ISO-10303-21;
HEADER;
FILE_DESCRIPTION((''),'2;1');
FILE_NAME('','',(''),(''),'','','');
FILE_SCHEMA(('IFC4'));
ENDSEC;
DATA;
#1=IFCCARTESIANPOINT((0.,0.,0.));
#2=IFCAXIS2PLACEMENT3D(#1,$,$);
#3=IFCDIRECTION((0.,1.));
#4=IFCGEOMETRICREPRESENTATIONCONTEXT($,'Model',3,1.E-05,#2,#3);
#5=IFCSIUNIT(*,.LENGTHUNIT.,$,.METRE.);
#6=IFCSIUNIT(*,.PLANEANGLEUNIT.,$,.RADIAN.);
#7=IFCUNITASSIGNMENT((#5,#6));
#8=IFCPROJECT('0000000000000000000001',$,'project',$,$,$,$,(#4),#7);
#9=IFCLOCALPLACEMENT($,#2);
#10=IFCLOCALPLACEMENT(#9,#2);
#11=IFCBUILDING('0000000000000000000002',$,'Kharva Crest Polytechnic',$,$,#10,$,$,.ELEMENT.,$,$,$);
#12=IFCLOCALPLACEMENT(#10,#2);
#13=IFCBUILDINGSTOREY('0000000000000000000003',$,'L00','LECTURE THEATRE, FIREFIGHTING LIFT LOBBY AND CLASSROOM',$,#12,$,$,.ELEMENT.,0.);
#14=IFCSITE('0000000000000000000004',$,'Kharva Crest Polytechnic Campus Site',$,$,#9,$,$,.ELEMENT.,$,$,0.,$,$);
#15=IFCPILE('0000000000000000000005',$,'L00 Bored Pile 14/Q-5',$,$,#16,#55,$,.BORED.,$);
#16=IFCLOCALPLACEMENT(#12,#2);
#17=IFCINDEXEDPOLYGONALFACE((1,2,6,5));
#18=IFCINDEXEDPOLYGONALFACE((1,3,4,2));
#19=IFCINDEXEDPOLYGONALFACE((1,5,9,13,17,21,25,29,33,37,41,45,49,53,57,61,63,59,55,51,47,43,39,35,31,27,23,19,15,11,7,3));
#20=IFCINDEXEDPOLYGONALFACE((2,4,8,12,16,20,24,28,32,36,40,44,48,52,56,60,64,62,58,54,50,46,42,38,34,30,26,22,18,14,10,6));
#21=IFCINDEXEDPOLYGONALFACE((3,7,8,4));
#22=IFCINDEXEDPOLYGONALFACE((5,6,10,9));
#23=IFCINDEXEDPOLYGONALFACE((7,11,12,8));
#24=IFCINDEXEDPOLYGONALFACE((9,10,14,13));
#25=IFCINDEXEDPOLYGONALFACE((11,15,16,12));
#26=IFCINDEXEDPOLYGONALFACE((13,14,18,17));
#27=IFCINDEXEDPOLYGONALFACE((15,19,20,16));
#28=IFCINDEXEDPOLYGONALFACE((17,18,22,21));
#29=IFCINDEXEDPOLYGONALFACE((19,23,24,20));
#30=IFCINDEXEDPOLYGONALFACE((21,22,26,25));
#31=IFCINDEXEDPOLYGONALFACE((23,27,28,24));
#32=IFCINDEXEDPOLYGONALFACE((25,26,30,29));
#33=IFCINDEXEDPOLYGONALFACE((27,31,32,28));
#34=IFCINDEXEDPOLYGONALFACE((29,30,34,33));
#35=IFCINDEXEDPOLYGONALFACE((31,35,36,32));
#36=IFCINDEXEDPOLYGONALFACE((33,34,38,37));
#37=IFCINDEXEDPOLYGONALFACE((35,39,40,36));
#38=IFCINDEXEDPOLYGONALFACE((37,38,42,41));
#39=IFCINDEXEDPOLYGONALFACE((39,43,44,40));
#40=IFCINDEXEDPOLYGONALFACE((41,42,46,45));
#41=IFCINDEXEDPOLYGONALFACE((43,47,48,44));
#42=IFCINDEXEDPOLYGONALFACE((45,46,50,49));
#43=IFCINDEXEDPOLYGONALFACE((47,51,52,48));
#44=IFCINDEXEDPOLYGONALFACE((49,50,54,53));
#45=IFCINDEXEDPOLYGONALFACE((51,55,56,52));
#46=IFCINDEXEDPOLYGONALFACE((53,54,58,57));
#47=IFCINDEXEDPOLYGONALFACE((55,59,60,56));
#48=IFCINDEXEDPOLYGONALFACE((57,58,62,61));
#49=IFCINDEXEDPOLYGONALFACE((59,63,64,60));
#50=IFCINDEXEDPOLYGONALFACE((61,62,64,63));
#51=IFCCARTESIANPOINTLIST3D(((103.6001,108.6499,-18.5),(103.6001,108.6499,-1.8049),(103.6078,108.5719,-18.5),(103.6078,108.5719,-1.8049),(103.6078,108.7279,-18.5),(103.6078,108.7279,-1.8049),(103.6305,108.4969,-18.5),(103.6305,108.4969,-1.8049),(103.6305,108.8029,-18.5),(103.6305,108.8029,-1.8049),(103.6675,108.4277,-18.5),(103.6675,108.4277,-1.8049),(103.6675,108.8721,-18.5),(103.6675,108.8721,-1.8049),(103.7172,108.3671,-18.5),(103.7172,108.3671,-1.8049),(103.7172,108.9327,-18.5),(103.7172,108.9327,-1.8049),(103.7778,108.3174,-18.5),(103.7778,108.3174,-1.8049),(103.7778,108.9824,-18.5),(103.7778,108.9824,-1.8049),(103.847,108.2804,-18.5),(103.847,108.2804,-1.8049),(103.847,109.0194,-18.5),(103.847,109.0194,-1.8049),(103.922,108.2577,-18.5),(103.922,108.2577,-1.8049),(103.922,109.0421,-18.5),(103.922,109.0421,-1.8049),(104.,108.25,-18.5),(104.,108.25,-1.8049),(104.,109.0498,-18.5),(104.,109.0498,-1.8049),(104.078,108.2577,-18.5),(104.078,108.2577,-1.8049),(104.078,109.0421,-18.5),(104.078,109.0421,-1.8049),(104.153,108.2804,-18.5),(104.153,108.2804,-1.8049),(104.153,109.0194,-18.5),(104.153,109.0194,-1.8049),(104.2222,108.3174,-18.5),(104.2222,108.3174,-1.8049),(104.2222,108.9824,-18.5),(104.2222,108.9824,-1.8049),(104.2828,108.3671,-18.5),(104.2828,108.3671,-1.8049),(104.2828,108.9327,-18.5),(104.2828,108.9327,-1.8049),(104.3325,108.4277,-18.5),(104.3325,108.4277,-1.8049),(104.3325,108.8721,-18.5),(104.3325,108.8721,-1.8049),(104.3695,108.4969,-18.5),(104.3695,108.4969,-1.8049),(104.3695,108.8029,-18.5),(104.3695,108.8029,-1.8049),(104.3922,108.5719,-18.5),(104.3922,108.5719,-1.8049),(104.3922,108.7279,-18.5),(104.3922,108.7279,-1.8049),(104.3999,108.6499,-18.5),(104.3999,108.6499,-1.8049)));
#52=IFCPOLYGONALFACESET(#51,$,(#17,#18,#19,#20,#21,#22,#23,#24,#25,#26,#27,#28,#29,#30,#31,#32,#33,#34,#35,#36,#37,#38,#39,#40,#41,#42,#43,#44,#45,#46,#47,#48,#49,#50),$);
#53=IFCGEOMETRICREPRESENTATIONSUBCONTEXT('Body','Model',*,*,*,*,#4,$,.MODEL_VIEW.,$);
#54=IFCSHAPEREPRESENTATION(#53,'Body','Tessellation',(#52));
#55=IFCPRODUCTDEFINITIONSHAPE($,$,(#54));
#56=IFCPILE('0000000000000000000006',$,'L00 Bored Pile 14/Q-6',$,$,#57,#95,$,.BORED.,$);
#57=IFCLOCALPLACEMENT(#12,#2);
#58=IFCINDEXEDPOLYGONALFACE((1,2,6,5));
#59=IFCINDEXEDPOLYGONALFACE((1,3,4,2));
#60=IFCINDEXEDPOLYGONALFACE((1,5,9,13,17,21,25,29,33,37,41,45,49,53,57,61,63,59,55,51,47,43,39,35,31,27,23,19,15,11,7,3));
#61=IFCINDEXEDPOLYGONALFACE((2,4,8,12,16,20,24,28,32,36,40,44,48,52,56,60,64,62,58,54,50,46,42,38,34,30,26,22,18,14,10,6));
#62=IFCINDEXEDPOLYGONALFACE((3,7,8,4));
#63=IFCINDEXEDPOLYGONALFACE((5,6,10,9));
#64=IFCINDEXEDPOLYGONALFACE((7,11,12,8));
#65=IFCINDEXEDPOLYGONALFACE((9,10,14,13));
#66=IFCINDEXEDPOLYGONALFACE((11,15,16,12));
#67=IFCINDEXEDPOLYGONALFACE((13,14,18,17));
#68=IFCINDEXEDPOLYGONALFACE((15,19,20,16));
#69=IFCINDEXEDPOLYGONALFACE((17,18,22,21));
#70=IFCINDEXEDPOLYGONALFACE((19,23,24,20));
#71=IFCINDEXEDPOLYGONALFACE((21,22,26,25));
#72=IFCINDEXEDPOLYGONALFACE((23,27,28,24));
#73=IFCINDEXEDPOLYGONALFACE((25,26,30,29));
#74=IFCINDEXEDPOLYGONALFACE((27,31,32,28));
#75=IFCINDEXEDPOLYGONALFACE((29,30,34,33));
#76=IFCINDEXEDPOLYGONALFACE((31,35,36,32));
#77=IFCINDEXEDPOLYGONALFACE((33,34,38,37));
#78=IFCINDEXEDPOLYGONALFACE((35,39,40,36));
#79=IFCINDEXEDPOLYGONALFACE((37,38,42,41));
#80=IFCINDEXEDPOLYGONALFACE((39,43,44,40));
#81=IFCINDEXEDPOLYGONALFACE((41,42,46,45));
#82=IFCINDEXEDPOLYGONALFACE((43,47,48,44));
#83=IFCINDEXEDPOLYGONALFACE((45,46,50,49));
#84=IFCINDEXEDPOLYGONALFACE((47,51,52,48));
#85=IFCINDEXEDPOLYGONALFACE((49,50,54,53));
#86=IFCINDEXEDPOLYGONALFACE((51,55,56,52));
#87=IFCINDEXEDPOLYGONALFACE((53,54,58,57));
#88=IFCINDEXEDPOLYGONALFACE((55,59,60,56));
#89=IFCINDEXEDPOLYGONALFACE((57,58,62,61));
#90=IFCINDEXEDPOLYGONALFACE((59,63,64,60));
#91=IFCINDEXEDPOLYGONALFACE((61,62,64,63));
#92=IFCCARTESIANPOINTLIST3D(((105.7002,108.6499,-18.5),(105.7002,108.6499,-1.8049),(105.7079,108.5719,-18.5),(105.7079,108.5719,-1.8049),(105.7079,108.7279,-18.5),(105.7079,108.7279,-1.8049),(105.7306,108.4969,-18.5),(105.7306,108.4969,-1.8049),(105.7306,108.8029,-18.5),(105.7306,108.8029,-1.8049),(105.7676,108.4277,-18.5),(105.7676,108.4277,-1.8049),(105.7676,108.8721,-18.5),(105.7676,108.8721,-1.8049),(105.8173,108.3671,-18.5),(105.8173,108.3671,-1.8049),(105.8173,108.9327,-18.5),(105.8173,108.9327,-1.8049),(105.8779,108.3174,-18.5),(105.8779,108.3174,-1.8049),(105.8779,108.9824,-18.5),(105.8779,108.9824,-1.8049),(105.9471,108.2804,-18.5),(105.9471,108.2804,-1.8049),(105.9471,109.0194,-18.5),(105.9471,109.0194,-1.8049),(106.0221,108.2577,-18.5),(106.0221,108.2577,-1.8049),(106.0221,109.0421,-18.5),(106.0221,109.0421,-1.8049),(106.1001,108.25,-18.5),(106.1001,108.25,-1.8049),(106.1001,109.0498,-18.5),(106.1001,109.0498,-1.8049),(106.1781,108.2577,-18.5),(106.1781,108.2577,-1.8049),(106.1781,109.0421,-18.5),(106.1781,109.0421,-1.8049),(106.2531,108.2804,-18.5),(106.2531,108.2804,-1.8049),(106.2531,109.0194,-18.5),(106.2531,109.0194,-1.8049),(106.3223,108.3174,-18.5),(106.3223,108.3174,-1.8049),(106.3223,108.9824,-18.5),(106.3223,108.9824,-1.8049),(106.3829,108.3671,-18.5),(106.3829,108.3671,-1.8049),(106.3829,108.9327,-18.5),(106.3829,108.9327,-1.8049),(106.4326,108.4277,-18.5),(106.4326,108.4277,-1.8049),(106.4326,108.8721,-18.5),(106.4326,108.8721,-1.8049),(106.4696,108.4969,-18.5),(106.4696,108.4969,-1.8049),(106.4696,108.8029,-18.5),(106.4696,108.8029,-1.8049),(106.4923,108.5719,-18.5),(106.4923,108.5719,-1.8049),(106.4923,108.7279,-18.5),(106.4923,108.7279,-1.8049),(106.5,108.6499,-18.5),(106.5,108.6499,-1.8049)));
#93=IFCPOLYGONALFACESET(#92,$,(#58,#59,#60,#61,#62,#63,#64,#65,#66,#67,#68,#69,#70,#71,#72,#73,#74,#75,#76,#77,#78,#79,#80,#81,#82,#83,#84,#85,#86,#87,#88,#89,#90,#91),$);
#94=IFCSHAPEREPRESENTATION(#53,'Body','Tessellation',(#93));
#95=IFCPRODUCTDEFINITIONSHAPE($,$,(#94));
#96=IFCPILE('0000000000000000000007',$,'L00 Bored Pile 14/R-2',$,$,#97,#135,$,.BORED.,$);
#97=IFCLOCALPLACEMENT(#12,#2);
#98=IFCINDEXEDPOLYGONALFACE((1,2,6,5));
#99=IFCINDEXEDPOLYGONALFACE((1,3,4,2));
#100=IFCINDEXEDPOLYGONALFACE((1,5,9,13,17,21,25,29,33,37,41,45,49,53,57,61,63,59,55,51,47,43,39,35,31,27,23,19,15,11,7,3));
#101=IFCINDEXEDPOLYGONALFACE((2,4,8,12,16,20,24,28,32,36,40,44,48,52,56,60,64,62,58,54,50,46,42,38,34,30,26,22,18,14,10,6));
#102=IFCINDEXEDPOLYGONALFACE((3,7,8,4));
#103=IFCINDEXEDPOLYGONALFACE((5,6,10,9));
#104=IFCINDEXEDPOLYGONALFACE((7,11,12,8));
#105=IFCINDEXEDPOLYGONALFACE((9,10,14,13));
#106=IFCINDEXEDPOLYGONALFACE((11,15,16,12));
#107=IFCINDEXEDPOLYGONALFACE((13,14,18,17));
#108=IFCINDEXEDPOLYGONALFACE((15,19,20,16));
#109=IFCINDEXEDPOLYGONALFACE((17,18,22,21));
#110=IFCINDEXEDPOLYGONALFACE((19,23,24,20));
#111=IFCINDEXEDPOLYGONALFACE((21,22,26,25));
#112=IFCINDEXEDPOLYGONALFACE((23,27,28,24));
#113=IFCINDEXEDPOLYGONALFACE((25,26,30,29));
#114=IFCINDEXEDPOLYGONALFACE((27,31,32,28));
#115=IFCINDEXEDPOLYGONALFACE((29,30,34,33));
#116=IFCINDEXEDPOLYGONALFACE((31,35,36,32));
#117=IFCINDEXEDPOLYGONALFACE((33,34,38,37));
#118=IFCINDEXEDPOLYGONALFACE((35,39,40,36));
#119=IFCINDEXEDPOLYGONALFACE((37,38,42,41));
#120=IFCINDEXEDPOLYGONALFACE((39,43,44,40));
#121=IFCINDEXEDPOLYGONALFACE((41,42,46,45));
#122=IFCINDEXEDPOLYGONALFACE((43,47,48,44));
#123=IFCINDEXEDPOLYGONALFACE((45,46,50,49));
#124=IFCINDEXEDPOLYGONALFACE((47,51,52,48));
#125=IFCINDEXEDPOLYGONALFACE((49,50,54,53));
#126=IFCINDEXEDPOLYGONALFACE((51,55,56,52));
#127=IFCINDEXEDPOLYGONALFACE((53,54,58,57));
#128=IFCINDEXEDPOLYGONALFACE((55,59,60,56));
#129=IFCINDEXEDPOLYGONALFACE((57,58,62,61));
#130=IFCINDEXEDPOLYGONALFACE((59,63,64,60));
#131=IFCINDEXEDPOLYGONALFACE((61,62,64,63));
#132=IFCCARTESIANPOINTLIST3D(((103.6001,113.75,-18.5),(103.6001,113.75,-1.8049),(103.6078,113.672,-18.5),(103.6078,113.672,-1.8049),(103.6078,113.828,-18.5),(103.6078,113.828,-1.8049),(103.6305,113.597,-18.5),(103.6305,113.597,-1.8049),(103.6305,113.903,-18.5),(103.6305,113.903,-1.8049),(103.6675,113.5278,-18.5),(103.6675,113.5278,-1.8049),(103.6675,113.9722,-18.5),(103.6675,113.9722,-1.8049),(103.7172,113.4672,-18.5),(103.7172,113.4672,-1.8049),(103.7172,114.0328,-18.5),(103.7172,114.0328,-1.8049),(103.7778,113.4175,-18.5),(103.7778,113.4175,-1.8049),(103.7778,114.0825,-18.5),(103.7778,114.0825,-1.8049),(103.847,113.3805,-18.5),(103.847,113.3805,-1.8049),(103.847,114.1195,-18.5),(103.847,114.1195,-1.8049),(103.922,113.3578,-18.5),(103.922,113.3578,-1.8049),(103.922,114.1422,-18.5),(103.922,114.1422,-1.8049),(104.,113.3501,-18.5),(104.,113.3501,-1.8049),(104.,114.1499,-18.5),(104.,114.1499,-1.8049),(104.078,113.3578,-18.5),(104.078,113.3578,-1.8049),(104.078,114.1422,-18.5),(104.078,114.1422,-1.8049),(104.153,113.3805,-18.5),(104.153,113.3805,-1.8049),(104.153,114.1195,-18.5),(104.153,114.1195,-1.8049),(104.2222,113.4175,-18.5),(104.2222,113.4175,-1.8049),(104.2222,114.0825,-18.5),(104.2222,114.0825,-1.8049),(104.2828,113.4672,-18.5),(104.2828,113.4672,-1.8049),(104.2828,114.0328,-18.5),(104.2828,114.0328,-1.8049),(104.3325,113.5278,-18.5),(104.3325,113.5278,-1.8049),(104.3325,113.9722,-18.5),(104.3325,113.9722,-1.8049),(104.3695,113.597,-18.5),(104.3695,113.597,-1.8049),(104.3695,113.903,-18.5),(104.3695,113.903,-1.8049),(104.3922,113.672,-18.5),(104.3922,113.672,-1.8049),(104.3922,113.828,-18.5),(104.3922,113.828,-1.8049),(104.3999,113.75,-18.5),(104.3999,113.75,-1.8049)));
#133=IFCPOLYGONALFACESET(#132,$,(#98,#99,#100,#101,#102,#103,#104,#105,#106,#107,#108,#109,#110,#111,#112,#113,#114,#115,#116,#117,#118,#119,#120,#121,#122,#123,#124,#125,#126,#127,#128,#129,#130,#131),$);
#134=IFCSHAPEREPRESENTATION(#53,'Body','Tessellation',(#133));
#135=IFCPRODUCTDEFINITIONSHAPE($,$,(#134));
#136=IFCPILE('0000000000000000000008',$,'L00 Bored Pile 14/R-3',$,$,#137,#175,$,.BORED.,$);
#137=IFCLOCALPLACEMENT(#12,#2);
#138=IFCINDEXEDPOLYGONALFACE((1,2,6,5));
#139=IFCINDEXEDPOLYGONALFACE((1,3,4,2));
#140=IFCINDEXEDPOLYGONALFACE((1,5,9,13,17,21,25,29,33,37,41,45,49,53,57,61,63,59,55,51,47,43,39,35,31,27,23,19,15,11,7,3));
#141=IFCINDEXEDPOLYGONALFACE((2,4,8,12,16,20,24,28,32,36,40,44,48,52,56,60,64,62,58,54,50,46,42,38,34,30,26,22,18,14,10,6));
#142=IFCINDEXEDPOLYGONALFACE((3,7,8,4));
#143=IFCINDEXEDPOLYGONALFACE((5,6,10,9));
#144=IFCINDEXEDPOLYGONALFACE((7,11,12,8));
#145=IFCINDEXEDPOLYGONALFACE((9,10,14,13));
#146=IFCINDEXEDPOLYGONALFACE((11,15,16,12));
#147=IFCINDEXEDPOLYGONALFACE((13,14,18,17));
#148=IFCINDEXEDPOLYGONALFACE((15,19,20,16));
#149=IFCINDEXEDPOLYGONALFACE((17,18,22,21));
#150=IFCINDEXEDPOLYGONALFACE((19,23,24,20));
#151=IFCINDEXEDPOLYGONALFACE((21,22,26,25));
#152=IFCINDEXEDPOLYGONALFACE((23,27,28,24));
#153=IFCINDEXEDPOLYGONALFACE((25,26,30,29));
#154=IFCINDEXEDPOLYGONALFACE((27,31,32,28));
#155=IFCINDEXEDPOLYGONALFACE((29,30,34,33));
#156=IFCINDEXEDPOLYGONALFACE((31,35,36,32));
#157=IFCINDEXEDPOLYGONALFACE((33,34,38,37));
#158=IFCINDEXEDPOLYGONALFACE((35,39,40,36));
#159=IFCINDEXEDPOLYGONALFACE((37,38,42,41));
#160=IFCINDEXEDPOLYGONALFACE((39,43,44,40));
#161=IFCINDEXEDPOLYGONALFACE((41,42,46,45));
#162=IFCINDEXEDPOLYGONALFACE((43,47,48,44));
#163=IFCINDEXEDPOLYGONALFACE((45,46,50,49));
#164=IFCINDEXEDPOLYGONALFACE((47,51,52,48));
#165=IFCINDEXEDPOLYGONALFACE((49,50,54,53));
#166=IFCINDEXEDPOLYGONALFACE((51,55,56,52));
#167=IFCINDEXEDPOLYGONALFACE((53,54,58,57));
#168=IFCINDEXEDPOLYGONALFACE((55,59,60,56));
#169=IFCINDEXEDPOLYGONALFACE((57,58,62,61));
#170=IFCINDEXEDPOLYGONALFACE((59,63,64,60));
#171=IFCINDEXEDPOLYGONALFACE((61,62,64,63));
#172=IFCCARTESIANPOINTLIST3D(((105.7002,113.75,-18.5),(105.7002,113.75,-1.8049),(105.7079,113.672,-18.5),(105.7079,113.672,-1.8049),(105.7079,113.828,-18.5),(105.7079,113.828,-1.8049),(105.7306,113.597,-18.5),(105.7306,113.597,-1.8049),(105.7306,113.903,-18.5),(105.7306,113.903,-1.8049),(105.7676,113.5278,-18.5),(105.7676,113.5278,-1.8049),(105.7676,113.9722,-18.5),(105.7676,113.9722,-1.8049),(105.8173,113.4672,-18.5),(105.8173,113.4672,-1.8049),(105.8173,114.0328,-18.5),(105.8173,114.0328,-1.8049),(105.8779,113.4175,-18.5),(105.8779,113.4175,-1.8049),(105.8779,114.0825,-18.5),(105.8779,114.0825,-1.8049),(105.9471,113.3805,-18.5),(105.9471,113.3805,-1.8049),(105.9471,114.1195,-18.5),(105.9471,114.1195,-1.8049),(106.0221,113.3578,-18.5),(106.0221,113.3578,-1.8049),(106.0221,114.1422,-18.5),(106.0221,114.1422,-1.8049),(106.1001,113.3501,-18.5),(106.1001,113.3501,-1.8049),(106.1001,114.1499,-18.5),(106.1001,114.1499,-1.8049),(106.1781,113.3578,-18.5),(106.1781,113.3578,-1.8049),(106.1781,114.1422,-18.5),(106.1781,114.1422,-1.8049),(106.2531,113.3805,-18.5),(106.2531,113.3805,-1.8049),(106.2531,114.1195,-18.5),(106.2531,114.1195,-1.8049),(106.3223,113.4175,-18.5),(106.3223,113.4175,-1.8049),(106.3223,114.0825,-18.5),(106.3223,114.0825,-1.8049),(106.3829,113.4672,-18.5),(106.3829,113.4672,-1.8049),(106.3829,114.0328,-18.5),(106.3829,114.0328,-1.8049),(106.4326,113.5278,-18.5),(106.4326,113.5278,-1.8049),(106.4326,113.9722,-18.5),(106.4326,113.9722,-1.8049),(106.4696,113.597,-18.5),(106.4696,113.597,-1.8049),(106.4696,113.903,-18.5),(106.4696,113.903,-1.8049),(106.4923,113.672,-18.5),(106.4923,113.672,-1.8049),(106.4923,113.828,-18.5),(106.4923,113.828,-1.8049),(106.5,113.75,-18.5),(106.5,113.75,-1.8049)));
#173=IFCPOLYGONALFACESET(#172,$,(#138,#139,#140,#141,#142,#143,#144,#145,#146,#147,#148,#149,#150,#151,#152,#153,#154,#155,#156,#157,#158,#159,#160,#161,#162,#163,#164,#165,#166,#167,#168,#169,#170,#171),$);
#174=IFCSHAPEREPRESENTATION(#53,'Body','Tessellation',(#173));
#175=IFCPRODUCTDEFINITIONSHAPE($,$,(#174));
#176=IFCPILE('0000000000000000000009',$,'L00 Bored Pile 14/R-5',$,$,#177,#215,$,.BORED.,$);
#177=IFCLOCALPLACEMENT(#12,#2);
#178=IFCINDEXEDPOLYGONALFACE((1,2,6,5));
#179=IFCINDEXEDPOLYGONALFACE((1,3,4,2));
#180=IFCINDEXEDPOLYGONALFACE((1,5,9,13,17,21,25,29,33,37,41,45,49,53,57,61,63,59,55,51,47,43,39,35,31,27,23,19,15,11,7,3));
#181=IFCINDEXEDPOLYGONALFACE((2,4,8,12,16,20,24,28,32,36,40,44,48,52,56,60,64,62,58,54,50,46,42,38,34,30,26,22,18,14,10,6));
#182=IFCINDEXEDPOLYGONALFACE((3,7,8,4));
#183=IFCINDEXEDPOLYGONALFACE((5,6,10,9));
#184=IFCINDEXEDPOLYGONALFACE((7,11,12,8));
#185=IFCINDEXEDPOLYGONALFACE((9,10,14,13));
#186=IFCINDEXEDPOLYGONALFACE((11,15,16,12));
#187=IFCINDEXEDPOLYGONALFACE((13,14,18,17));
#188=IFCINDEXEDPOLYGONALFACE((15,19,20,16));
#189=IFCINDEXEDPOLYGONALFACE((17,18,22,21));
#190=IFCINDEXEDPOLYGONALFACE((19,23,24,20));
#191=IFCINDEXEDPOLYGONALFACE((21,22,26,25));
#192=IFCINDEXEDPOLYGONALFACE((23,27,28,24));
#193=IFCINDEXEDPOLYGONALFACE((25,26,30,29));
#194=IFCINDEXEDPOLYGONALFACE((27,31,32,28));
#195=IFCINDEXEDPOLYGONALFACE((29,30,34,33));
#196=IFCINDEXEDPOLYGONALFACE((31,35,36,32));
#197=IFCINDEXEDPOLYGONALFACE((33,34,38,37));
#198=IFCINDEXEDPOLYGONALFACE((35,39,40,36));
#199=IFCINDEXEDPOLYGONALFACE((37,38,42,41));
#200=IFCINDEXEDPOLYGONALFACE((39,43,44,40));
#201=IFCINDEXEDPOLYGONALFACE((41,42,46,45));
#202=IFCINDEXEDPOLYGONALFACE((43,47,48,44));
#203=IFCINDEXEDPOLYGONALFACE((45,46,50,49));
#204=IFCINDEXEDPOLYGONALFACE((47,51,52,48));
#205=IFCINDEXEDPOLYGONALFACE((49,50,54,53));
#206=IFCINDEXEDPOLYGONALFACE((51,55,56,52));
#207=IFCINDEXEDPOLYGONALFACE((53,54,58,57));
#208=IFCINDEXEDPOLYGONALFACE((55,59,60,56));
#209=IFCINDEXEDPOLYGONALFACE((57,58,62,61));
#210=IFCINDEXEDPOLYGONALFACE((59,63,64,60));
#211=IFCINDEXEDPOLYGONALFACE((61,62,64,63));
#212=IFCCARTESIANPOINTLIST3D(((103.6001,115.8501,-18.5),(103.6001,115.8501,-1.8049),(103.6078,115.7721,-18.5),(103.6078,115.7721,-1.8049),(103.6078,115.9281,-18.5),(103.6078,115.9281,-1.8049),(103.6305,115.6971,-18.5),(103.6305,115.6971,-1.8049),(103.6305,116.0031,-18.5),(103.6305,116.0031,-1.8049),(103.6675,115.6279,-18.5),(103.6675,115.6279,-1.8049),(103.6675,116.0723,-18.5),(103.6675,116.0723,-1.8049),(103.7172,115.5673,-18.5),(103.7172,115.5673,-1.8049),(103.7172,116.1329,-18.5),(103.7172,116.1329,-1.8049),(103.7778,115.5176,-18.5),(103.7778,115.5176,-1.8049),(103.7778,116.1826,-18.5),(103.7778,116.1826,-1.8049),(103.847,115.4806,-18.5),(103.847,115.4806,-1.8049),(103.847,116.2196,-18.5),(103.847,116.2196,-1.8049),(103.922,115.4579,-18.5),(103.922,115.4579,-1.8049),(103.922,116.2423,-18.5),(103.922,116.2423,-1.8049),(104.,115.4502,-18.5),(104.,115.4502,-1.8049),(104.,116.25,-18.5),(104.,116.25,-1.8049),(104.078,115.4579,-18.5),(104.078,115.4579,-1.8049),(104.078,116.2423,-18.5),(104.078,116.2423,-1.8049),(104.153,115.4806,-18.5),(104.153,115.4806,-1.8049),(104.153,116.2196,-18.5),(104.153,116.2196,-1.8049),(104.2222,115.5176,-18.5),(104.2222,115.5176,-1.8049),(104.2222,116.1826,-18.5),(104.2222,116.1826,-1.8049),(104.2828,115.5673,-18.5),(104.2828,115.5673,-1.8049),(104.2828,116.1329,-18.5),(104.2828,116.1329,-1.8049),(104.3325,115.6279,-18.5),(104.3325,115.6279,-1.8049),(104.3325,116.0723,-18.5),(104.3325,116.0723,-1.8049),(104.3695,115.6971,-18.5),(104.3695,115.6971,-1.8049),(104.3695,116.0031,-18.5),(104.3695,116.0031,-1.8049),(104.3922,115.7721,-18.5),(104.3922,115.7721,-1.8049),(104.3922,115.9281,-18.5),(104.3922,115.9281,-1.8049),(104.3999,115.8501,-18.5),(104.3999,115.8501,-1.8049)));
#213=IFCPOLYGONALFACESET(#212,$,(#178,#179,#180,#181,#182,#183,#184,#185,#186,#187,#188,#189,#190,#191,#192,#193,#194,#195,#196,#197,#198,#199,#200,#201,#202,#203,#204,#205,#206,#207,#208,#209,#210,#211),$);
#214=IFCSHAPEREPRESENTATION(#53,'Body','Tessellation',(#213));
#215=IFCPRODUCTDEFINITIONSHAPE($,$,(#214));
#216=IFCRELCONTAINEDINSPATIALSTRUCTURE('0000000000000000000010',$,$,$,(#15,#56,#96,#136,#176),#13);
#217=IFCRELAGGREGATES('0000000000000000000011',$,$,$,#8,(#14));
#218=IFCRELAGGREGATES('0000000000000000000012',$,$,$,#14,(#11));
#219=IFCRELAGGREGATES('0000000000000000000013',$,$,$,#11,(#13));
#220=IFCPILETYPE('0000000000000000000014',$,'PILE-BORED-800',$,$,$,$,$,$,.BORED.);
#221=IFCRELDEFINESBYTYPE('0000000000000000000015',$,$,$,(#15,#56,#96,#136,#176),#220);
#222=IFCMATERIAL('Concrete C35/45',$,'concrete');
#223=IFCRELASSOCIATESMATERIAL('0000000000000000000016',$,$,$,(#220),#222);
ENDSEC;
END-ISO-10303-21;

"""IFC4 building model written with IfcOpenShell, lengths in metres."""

from ifc_helpers import new_model, si_unit, direction, frame, origin, origin_2d, place, context, subcontext, project, spatial, circle, extrude, material, material_profile, profile_set, type_object, element, save


model = new_model("IFC4")

# Units and contexts
model_context = context("Model", 3, precision=1e-05, world=origin(), true_north=direction((0.0, 1.0)))
body_context = subcontext(model_context, "Body", "Model", "MODEL_VIEW")
ifc_project = project(units=[si_unit("LENGTHUNIT", "METRE"), si_unit("PLANEANGLEUNIT", "RADIAN")], contexts=[model_context])

# Site, building, storey
site_placement = place(None, origin())
site = spatial("IfcSite", under=ifc_project, at=site_placement, Name="Kharva Crest Polytechnic Campus Site", CompositionType="ELEMENT", RefElevation=0.0)
building_placement = place(site_placement, origin())
building = spatial("IfcBuilding", under=site, at=building_placement, Name="Kharva Crest Polytechnic", CompositionType="ELEMENT")
storey_placement = place(building_placement, origin())
storey = spatial("IfcBuildingStorey", under=building, at=storey_placement, Name="L00", Description="LECTURE THEATRE, FIREFIGHTING LIFT LOBBY AND CLASSROOM", CompositionType="ELEMENT", Elevation=0.0)

# Shared definitions
ifc_material_1 = material(Name="Concrete C35/45", Category="concrete")

# Piles
ifc_material_profile_1 = material_profile(ifc_material_1, circle(Radius=0.3999, at=origin_2d()), Name="DIA 800")
ifc_profile_set_1 = profile_set([ifc_material_profile_1], Name="Concrete C35/45")
pile_type = type_object("IfcPileType", Name="PILE-BORED-800", PredefinedType="BORED", material=ifc_profile_set_1)
for number, where, z_axis, x_axis, name in (
    (1, (104.0, 108.6499, -1.8049), (0.0, 0.0, -1.0), (1.0, 0.0, 0.0), "L00 Bored Pile 14/Q-5"),
    (2, (106.1001, 108.6499, -1.8049), (0.0, 0.0, -1.0), (1.0, 0.0, 0.0), "L00 Bored Pile 14/Q-6"),
    (3, (104.0, 113.75, -1.8049), (0.0, 0.0, -1.0), (1.0, 0.0, 0.0), "L00 Bored Pile 14/R-2"),
    (4, (106.1001, 113.75, -1.8049), (0.0, 0.0, -1.0), (1.0, 0.0, 0.0), "L00 Bored Pile 14/R-3"),
    (5, (104.0, 115.8501, -1.8049), (0.0, 0.0, -1.0), (1.0, 0.0, 0.0), "L00 Bored Pile 14/R-5"),
):
    element("IfcPile", number, at=place(storey_placement, frame(where, z_axis=z_axis, x_axis=x_axis)), inside=storey, type_object=pile_type, Name=name, PredefinedType="BORED", context=body_context, shape_type="SweptSolid", body=[
        extrude(circle(Radius=0.3999, at=origin_2d()), origin(), (0.0, 0.0, 1.0), 16.6951),
    ])

save(model, "model.ifc")
